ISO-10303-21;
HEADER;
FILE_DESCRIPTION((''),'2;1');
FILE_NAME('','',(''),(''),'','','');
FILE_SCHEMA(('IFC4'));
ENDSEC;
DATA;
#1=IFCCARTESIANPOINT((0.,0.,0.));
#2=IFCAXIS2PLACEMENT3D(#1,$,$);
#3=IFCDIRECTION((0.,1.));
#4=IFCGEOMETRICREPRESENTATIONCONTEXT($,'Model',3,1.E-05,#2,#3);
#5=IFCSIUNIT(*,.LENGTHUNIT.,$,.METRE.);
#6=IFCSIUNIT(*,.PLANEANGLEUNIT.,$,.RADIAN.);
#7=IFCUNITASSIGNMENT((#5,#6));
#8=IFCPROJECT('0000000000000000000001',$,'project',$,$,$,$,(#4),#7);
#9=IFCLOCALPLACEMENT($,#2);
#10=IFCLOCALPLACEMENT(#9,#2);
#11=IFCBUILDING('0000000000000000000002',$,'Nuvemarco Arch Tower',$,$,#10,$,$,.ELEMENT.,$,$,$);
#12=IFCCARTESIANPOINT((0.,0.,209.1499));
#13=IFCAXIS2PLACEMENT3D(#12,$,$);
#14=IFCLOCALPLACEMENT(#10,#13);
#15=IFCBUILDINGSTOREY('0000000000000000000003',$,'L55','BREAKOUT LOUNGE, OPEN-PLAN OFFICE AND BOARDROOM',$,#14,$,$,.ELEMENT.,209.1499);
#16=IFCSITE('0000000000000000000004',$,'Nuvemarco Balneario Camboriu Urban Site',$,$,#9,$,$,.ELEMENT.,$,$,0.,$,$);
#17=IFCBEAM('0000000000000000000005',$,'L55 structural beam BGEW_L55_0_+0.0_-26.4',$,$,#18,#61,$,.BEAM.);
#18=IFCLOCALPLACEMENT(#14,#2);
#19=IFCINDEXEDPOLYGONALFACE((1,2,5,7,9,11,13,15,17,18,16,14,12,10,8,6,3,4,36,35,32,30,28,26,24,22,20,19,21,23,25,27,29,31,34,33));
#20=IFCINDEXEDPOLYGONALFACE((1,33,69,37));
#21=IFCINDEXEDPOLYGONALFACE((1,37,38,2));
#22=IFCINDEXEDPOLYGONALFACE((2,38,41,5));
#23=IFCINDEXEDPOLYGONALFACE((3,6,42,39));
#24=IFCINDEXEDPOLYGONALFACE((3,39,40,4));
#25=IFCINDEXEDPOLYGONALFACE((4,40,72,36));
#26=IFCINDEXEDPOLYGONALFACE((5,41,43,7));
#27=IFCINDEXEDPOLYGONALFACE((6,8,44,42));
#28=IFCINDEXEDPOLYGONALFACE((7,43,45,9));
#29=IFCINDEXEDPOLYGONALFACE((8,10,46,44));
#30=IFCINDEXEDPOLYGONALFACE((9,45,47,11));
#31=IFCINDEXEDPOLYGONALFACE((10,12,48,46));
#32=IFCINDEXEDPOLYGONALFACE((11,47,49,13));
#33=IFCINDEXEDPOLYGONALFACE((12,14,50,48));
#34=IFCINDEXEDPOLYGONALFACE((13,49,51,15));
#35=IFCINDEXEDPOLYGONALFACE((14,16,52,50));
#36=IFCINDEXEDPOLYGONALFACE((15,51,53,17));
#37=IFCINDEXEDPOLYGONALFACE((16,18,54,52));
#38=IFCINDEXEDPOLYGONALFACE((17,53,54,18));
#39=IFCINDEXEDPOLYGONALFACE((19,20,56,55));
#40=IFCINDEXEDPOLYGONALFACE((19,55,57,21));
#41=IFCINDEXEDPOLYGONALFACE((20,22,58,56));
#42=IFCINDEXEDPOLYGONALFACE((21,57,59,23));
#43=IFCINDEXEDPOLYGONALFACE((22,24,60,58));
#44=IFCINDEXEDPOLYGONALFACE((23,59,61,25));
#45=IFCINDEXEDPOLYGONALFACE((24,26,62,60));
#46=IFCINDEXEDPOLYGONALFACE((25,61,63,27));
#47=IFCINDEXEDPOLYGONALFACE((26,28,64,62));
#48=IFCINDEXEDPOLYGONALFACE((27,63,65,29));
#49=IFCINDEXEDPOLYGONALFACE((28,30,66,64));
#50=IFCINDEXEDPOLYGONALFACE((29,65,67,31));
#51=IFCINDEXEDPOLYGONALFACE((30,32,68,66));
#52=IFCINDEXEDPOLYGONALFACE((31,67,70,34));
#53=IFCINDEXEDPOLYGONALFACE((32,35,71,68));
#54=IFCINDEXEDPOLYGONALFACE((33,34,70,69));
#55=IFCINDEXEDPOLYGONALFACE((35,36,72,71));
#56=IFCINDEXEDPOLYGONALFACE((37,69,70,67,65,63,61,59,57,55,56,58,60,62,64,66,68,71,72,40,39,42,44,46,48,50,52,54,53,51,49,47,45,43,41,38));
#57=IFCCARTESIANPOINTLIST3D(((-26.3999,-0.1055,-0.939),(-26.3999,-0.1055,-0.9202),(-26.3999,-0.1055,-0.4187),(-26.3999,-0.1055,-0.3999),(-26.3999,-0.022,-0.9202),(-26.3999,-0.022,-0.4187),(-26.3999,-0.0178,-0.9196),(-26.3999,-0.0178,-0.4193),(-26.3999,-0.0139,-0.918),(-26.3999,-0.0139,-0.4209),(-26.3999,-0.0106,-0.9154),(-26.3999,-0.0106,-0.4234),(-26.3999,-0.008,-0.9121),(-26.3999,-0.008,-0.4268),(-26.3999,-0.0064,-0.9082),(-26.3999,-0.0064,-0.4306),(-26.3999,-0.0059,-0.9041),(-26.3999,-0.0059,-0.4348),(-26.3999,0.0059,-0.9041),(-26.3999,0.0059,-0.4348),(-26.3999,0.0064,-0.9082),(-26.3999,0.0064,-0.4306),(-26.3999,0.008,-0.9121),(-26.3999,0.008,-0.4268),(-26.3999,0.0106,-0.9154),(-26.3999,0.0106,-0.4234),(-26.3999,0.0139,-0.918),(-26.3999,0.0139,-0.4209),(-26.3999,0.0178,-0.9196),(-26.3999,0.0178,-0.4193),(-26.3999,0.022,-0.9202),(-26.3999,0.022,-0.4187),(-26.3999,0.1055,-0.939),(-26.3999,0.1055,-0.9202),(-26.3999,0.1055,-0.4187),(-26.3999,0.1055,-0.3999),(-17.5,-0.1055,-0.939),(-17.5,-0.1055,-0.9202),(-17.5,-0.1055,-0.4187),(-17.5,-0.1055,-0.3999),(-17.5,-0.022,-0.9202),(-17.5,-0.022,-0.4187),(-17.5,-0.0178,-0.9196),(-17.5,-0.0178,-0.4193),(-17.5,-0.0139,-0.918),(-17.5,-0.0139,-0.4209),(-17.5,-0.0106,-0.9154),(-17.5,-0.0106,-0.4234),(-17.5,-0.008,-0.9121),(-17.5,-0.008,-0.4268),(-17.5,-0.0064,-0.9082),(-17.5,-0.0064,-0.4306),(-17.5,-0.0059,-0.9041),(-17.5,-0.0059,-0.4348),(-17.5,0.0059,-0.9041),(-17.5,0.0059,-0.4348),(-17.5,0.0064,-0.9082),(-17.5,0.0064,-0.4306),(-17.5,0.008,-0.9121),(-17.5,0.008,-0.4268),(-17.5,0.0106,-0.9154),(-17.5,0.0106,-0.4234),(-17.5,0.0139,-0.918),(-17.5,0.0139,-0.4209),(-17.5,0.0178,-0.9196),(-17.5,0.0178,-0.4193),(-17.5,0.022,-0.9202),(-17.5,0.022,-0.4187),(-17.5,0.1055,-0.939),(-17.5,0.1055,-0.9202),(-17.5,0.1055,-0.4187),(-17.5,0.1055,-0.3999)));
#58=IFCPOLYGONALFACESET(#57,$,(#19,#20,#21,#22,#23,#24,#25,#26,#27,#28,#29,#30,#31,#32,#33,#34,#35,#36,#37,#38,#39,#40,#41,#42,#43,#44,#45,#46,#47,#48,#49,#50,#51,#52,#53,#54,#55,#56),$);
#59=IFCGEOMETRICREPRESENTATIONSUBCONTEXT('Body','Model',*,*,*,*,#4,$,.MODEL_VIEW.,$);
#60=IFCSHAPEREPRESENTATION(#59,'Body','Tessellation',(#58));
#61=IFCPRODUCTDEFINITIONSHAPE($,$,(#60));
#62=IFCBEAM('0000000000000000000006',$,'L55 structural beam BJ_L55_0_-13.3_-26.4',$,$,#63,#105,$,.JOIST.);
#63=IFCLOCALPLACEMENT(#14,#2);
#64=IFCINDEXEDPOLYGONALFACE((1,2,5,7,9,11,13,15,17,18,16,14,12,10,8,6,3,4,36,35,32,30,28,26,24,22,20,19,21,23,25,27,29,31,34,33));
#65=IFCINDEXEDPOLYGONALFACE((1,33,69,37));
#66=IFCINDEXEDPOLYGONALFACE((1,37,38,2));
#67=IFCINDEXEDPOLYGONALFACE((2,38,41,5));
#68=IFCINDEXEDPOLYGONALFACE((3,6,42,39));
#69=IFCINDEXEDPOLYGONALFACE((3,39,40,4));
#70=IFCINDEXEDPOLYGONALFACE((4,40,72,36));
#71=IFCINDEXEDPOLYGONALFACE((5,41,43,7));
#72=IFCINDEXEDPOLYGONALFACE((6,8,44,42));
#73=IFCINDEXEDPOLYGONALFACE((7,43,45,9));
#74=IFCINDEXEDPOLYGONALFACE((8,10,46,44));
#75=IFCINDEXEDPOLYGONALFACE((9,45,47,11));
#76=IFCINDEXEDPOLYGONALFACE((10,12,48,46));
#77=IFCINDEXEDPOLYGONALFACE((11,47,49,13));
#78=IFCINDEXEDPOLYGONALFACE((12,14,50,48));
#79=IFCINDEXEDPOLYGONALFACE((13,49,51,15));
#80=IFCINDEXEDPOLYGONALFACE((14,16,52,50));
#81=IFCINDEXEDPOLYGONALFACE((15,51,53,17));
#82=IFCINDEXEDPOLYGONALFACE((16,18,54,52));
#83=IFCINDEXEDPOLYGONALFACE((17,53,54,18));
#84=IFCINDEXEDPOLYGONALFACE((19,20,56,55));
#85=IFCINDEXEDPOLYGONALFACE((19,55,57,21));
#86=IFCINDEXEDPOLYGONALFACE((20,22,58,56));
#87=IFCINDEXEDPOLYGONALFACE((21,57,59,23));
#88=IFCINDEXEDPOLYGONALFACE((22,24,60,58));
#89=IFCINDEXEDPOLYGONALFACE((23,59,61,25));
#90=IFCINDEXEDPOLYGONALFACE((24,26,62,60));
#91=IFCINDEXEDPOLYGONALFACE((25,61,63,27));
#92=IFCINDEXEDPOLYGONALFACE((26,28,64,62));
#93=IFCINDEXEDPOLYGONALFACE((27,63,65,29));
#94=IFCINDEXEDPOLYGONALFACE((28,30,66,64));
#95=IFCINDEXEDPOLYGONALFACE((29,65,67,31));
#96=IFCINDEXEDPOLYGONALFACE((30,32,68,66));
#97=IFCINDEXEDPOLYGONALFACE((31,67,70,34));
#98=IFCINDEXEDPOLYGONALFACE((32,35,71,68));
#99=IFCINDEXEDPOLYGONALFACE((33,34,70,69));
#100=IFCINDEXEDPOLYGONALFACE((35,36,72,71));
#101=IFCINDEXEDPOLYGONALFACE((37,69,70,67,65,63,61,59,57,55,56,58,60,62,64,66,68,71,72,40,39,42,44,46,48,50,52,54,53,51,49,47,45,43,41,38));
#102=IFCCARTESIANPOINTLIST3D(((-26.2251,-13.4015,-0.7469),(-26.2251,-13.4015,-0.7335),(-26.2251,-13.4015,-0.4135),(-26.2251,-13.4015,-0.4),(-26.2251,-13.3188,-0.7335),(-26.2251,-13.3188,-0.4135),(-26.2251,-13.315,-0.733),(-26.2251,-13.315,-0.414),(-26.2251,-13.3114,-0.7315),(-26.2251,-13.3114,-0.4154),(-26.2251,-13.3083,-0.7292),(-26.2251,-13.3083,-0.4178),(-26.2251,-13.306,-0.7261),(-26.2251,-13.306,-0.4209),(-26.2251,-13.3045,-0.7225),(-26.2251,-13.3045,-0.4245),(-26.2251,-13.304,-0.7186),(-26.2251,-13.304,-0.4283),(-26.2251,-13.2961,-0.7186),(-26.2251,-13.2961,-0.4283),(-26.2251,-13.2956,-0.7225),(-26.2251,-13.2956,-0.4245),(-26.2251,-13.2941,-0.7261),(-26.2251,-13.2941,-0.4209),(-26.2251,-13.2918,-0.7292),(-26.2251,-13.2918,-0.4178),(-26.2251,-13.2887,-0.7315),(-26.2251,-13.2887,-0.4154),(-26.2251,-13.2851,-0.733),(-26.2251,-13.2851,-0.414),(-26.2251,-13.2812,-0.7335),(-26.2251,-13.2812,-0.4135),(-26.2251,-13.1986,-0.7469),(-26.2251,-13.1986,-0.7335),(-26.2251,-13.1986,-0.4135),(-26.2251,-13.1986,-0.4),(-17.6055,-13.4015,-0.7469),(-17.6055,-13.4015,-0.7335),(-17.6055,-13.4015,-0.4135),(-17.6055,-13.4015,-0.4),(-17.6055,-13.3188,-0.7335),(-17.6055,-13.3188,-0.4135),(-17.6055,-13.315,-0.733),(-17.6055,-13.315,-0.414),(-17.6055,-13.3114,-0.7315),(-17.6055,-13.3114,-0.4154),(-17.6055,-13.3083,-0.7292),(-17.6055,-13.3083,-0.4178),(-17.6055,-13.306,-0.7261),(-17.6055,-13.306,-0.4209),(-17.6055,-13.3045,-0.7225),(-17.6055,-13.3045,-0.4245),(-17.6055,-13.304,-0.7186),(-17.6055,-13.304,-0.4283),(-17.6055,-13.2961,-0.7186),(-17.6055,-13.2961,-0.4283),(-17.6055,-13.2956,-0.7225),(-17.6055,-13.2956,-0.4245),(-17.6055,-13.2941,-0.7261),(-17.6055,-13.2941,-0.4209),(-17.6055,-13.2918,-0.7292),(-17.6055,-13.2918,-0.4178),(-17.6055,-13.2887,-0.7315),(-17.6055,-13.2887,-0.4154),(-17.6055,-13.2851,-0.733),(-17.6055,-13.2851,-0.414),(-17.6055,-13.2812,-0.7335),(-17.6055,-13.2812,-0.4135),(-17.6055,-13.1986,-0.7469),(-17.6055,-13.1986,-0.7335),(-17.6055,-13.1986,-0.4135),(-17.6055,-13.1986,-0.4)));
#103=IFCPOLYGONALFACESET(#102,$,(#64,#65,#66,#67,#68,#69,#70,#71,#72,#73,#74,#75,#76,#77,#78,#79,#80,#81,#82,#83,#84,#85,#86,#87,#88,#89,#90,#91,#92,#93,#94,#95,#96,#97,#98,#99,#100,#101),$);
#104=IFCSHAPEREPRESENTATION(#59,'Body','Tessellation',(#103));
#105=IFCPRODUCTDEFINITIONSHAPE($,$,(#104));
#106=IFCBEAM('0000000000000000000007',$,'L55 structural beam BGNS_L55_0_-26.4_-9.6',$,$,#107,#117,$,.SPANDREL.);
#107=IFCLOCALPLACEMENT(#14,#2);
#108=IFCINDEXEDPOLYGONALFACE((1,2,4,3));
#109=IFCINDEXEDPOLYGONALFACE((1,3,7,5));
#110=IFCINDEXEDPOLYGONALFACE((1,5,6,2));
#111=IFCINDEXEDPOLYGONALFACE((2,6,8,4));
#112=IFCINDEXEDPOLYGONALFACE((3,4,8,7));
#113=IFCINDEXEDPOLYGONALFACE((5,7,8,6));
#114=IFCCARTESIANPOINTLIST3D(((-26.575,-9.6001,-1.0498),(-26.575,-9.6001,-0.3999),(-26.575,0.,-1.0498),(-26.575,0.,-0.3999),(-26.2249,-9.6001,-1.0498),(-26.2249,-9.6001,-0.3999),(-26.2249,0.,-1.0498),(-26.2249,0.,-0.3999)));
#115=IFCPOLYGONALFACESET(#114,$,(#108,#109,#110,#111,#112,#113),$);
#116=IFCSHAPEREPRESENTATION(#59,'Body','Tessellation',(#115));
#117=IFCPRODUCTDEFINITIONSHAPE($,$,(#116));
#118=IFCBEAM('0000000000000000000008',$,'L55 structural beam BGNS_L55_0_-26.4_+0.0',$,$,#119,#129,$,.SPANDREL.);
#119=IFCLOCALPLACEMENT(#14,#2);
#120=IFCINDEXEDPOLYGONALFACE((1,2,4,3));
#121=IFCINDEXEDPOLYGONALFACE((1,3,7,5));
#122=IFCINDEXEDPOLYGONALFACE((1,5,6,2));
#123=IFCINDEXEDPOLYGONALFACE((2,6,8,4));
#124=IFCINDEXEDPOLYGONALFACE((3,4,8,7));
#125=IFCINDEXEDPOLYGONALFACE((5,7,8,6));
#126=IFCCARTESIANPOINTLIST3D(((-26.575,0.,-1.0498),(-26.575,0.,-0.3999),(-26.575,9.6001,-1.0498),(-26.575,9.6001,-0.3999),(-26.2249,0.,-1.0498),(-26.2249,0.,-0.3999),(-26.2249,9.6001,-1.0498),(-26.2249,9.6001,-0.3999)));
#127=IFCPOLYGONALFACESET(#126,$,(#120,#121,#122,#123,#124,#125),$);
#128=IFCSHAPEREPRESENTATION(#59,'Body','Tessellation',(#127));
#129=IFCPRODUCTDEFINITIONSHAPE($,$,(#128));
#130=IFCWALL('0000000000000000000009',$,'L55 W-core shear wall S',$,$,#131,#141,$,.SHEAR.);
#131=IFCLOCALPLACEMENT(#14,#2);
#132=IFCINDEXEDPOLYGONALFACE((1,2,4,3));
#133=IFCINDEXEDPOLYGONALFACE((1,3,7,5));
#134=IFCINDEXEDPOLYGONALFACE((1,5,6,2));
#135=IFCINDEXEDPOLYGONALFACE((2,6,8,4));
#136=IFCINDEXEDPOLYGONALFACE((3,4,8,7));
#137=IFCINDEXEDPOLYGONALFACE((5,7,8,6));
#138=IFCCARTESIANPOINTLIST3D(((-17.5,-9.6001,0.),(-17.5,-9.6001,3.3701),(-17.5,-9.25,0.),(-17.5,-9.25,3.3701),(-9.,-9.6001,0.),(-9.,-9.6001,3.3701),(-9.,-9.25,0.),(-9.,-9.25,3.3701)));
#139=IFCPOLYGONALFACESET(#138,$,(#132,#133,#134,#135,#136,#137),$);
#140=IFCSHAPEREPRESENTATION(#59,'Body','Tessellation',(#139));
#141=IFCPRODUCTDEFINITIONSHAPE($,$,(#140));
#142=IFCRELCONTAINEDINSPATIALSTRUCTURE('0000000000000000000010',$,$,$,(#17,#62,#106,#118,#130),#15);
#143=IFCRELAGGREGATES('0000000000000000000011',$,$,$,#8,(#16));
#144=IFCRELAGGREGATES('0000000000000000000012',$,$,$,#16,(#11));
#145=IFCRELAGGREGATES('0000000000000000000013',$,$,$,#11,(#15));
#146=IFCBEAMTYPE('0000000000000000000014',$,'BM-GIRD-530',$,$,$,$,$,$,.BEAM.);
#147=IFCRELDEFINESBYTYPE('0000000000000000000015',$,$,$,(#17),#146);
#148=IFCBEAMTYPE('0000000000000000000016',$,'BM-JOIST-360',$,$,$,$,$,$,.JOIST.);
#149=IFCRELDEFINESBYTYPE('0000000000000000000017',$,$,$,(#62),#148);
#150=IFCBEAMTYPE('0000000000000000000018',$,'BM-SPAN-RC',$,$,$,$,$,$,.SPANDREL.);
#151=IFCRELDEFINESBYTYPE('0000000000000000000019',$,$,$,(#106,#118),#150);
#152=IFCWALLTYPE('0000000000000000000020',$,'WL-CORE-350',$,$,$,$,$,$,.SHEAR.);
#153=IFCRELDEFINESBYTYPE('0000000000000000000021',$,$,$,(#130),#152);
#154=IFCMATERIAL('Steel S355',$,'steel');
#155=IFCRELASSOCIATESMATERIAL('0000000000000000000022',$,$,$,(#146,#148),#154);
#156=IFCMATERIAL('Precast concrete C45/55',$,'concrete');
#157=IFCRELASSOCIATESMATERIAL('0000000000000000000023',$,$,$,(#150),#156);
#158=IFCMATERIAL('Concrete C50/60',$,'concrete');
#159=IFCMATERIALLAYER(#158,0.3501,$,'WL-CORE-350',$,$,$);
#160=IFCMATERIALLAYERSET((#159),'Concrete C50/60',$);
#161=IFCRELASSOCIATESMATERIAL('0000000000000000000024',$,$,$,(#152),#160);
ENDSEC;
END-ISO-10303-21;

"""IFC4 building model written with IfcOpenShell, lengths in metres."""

from ifc_helpers import new_model, si_unit, direction, frame, frame_2d, origin, origin_2d, place, context, subcontext, project, spatial, rectangle, i_section, extrude, material, layer, layer_set, material_profile, profile_set, type_object, element, save


model = new_model("IFC4")

# Units and contexts
model_context = context("Model", 3, precision=1e-05, world=origin(), true_north=direction((0.0, 1.0)))
body_context = subcontext(model_context, "Body", "Model", "MODEL_VIEW")
ifc_project = project(units=[si_unit("LENGTHUNIT", "METRE"), si_unit("PLANEANGLEUNIT", "RADIAN")], contexts=[model_context])

# Site, building, storey
site_placement = place(None, origin())
site = spatial("IfcSite", under=ifc_project, at=site_placement, Name="Nuvemarco Balneario Camboriu Urban Site", CompositionType="ELEMENT", RefElevation=0.0)
building_placement = place(site_placement, origin())
building = spatial("IfcBuilding", under=site, at=building_placement, Name="Nuvemarco Arch Tower", CompositionType="ELEMENT")
storey_placement = place(building_placement, frame((0.0, 0.0, 209.1499)))
storey = spatial("IfcBuildingStorey", under=building, at=storey_placement, Name="L55", Description="BREAKOUT LOUNGE, OPEN-PLAN OFFICE AND BOARDROOM", CompositionType="ELEMENT", Elevation=209.1499)

# Shared definitions
ifc_material_1 = material(Name="Concrete C50/60", Category="concrete")
ifc_material_2 = material(Name="Steel S355", Category="steel")

# Beams
ifc_material_profile_1 = material_profile(ifc_material_2, i_section(OverallWidth=0.2109, OverallDepth=0.5391, WebThickness=0.0117, FlangeThickness=0.0188, FilletRadius=0.0161, at=origin_2d()), Name="W530x109")
ifc_profile_set_1 = profile_set([ifc_material_profile_1], Name="Steel S355")
beam_type_1 = type_object("IfcBeamType", Name="BM-GIRD-530", PredefinedType="BEAM", material=ifc_profile_set_1)
beam_1_placement = place(storey_placement, frame((-26.3999, 0.0, -0.6694), z_axis=(1.0, 0.0, 0.0), x_axis=(0.0, 1.0, 0.0)))
element("IfcBeam", 1, at=beam_1_placement, inside=storey, type_object=beam_type_1, Name="L55 structural beam BGEW_L55_0_+0.0_-26.4", PredefinedType="BEAM", context=body_context, shape_type="SweptSolid", body=[
    extrude(i_section(OverallWidth=0.2109, OverallDepth=0.5391, WebThickness=0.0117, FlangeThickness=0.0188, FilletRadius=0.0161, at=origin_2d()), origin(), (0.0, 0.0, 1.0), 8.8999),
])
ifc_material_profile_2 = material_profile(ifc_material_2, i_section(OverallWidth=0.2029, OverallDepth=0.3469, WebThickness=0.0078, FlangeThickness=0.0134, FilletRadius=0.0149, at=origin_2d()), Name="W360x64")
ifc_profile_set_2 = profile_set([ifc_material_profile_2], Name="Steel S355")
beam_type_2 = type_object("IfcBeamType", Name="BM-JOIST-360", PredefinedType="JOIST", material=ifc_profile_set_2)
beam_2_placement = place(storey_placement, frame((-26.2251, -13.3, -0.5735), z_axis=(1.0, 0.0, 0.0), x_axis=(0.0, 1.0, 0.0)))
element("IfcBeam", 2, at=beam_2_placement, inside=storey, type_object=beam_type_2, Name="L55 structural beam BJ_L55_0_-13.3_-26.4", PredefinedType="JOIST", context=body_context, shape_type="SweptSolid", body=[
    extrude(i_section(OverallWidth=0.2029, OverallDepth=0.3469, WebThickness=0.0078, FlangeThickness=0.0134, FilletRadius=0.0149, at=origin_2d()), origin(), (0.0, 0.0, 1.0), 8.6196),
])
ifc_material_3 = material(Name="Precast concrete C45/55", Category="concrete")
ifc_material_profile_3 = material_profile(ifc_material_3, rectangle(XDim=0.3501, YDim=0.6499, at=origin_2d()), Name="PC-SP-350x650")
ifc_profile_set_3 = profile_set([ifc_material_profile_3], Name="Precast concrete C45/55")
beam_type_3 = type_object("IfcBeamType", Name="BM-SPAN-RC", PredefinedType="SPANDREL", material=ifc_profile_set_3)
for number, where, z_axis, x_axis, name in (
    (3, (-26.3999, -9.6001, -0.7249), (0.0, 1.0, 0.0), (-1.0, 0.0, 0.0), "L55 structural beam BGNS_L55_0_-26.4_-9.6"),
    (4, (-26.3999, 0.0, -0.7249), (0.0, 1.0, 0.0), (-1.0, 0.0, 0.0), "L55 structural beam BGNS_L55_0_-26.4_+0.0"),
):
    element("IfcBeam", number, at=place(storey_placement, frame(where, z_axis=z_axis, x_axis=x_axis)), inside=storey, type_object=beam_type_3, Name=name, PredefinedType="SPANDREL", context=body_context, shape_type="SweptSolid", body=[
        extrude(rectangle(XDim=0.3501, YDim=0.6499, at=origin_2d()), origin(), (0.0, 0.0, 1.0), 9.6001),
    ])

# Wall
ifc_layer_1 = layer(ifc_material_1, 0.3501, Name="WL-CORE-350")
ifc_layer_set_1 = layer_set([ifc_layer_1], Name="Concrete C50/60")
wall_type_1 = type_object("IfcWallType", Name="WL-CORE-350", PredefinedType="SHEAR", material=ifc_layer_set_1)
wall_1_placement = place(storey_placement, frame((-17.5, -9.425, 0.0), z_axis=(0.0, 0.0, 1.0), x_axis=(1.0, 0.0, 0.0)))
element("IfcWall", 5, at=wall_1_placement, inside=storey, type_object=wall_type_1, Name="L55 W-core shear wall S", PredefinedType="SHEAR", context=body_context, shape_type="SweptSolid", body=[
    extrude(rectangle(XDim=8.5, YDim=0.3501, at=frame_2d((4.25, 0.0))), origin(), (0.0, 0.0, 1.0), 3.3701),
])

save(model, "model.ifc")
